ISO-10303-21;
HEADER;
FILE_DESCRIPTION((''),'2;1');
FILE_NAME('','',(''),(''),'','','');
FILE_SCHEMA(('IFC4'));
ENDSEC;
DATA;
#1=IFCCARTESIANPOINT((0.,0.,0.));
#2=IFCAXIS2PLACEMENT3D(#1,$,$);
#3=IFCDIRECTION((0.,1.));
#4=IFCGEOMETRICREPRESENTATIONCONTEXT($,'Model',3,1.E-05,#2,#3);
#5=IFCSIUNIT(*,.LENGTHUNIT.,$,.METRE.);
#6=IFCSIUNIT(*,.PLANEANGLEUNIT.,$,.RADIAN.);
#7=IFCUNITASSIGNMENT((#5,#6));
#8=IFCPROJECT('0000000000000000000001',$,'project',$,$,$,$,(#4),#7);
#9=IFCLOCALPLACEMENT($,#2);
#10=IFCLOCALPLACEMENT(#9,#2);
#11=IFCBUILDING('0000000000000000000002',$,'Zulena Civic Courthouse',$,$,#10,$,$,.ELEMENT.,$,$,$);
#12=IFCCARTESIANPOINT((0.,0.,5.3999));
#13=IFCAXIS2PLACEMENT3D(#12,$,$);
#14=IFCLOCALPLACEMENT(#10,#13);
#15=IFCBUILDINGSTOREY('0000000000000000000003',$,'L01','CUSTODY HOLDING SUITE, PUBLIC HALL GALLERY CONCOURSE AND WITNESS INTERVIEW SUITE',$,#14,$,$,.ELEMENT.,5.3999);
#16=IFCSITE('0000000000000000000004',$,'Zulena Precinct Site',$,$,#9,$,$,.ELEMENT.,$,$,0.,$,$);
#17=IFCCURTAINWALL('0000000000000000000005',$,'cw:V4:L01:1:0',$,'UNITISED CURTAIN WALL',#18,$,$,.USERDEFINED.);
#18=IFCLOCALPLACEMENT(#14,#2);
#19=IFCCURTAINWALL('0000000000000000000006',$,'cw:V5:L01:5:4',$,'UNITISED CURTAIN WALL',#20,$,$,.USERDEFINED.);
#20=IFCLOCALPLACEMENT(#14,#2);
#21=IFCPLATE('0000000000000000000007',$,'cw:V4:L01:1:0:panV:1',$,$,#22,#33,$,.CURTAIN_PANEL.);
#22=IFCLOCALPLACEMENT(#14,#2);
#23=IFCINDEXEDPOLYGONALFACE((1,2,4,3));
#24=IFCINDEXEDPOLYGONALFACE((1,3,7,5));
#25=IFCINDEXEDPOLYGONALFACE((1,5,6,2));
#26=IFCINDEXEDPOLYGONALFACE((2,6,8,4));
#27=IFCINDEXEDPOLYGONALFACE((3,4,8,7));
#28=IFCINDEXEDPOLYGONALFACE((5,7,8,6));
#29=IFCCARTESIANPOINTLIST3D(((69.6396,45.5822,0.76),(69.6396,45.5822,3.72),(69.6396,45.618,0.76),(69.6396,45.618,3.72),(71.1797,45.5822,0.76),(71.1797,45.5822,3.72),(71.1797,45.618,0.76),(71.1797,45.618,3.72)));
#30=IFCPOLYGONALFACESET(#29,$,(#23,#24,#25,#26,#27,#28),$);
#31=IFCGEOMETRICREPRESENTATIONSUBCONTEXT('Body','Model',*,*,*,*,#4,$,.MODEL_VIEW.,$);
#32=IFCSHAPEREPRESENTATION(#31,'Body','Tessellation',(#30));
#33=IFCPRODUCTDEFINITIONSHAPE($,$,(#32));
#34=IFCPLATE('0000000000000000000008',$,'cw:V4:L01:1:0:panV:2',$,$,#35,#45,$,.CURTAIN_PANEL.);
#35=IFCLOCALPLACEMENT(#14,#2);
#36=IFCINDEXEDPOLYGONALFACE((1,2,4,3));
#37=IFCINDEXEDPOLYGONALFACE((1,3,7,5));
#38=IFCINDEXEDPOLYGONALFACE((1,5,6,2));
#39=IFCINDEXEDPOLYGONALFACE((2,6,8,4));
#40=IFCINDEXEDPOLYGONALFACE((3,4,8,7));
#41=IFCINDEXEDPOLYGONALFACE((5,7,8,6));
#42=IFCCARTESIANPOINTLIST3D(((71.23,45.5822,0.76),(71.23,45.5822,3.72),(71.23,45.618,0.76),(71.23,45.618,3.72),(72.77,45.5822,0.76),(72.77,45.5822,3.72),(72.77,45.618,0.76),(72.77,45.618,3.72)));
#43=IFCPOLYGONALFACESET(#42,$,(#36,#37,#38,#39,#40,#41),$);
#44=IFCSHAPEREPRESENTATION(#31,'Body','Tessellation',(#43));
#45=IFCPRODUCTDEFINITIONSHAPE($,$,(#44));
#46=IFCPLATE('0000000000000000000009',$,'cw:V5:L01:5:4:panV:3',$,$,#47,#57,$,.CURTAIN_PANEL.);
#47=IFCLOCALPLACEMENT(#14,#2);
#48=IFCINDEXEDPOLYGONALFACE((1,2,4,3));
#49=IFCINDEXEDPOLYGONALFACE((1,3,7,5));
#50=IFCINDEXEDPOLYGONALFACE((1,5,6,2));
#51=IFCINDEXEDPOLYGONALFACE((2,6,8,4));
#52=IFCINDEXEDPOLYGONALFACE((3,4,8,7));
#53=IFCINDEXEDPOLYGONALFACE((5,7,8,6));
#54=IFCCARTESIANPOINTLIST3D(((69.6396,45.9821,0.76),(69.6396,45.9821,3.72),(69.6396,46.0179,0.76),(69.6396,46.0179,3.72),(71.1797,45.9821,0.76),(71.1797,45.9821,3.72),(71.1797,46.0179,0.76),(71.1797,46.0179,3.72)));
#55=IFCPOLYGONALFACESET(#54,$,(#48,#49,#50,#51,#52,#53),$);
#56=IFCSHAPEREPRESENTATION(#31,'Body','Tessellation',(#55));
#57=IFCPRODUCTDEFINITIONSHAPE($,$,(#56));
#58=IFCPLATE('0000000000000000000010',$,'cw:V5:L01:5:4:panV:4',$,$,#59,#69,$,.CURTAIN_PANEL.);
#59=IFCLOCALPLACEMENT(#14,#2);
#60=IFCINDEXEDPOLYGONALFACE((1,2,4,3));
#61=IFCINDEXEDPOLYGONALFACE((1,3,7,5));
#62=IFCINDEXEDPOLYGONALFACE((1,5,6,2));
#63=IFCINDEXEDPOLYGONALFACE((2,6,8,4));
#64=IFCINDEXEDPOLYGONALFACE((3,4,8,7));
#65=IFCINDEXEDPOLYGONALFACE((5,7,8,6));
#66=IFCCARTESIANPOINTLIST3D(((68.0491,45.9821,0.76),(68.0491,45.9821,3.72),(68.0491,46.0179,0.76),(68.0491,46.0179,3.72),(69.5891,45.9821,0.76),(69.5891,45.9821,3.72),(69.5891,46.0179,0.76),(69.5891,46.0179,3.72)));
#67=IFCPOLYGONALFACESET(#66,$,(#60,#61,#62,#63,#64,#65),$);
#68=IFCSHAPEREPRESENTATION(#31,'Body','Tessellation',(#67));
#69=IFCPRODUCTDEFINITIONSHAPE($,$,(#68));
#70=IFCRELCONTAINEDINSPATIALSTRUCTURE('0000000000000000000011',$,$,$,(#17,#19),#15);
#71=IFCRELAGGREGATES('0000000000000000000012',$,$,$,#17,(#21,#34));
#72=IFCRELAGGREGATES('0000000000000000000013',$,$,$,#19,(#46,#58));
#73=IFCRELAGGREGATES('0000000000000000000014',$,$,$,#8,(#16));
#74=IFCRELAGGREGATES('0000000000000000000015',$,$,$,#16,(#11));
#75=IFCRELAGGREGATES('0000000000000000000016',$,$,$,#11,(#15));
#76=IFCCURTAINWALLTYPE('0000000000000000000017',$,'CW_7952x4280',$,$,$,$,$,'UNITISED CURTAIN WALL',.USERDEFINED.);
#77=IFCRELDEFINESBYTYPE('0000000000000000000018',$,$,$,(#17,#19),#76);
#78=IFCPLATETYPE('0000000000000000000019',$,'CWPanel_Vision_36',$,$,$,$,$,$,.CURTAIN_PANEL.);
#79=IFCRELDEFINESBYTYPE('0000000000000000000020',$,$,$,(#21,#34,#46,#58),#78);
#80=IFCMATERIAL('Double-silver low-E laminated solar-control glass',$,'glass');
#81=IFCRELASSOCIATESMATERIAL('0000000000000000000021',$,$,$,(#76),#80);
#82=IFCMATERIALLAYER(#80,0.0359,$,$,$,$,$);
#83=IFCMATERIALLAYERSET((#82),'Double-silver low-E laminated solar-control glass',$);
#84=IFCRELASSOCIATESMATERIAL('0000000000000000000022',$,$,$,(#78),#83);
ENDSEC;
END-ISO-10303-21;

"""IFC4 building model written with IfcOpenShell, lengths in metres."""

from ifc_helpers import new_model, si_unit, direction, frame, origin, origin_2d, place, context, subcontext, project, spatial, rectangle, extrude, material, layer, layer_set, type_object, element, aggregate, save


model = new_model("IFC4")

# Units and contexts
model_context = context("Model", 3, precision=1e-05, world=origin(), true_north=direction((0.0, 1.0)))
body_context = subcontext(model_context, "Body", "Model", "MODEL_VIEW")
ifc_project = project(units=[si_unit("LENGTHUNIT", "METRE"), si_unit("PLANEANGLEUNIT", "RADIAN")], contexts=[model_context])

# Site, building, storey
site_placement = place(None, origin())
site = spatial("IfcSite", under=ifc_project, at=site_placement, Name="Zulena Precinct Site", CompositionType="ELEMENT", RefElevation=0.0)
building_placement = place(site_placement, origin())
building = spatial("IfcBuilding", under=site, at=building_placement, Name="Zulena Civic Courthouse", CompositionType="ELEMENT")
storey_placement = place(building_placement, frame((0.0, 0.0, 5.3999)))
storey = spatial("IfcBuildingStorey", under=building, at=storey_placement, Name="L01", Description="CUSTODY HOLDING SUITE, PUBLIC HALL GALLERY CONCOURSE AND WITNESS INTERVIEW SUITE", CompositionType="ELEMENT", Elevation=5.3999)

# Curtain walls
ifc_material_1 = material(Name="Double-silver low-E laminated solar-control glass", Category="glass")
curtain_wall_type_1 = type_object("IfcCurtainWallType", Name="CW_7952x4280", ElementType="UNITISED CURTAIN WALL", PredefinedType="USERDEFINED", material=ifc_material_1)
curtain_wall_1_placement = place(storey_placement, origin())
curtain_wall_1 = element("IfcCurtainWall", 1, at=curtain_wall_1_placement, inside=storey, type_object=curtain_wall_type_1, Name="cw:V4:L01:1:0", ObjectType="UNITISED CURTAIN WALL", PredefinedType="USERDEFINED")
curtain_wall_2_placement = place(storey_placement, origin())
curtain_wall_2 = element("IfcCurtainWall", 2, at=curtain_wall_2_placement, inside=storey, type_object=curtain_wall_type_1, Name="cw:V5:L01:5:4", ObjectType="UNITISED CURTAIN WALL", PredefinedType="USERDEFINED")

# Plates
ifc_layer_1 = layer(ifc_material_1, 0.0359)
ifc_layer_set_1 = layer_set([ifc_layer_1], Name="Double-silver low-E laminated solar-control glass")
plate_type_1 = type_object("IfcPlateType", Name="CWPanel_Vision_36", PredefinedType="CURTAIN_PANEL", material=ifc_layer_set_1)
plate_1_placement = place(storey_placement, frame((70.4097, 45.6001, 0.76), z_axis=(0.0, 0.0, 1.0), x_axis=(1.0, 0.0, 0.0)))
plate_1 = element("IfcPlate", 3, at=plate_1_placement, type_object=plate_type_1, Name="cw:V4:L01:1:0:panV:1", PredefinedType="CURTAIN_PANEL", context=body_context, shape_type="SweptSolid", body=[
    extrude(rectangle(XDim=1.54, YDim=0.0359, at=origin_2d()), origin(), (0.0, 0.0, 1.0), 2.96),
])
plate_2_placement = place(storey_placement, frame((72.0, 45.6001, 0.76), z_axis=(0.0, 0.0, 1.0), x_axis=(1.0, 0.0, 0.0)))
plate_2 = element("IfcPlate", 4, at=plate_2_placement, type_object=plate_type_1, Name="cw:V4:L01:1:0:panV:2", PredefinedType="CURTAIN_PANEL", context=body_context, shape_type="SweptSolid", body=[
    extrude(rectangle(XDim=1.54, YDim=0.0359, at=origin_2d()), origin(), (0.0, 0.0, 1.0), 2.96),
])
aggregate(curtain_wall_1, [plate_1, plate_2])
plate_3_placement = place(storey_placement, frame((70.4097, 46.0, 0.76), z_axis=(0.0, 0.0, 1.0), x_axis=(-1.0, 0.0, 0.0)))
plate_3 = element("IfcPlate", 5, at=plate_3_placement, type_object=plate_type_1, Name="cw:V5:L01:5:4:panV:3", PredefinedType="CURTAIN_PANEL", context=body_context, shape_type="SweptSolid", body=[
    extrude(rectangle(XDim=1.54, YDim=0.0359, at=origin_2d()), origin(), (0.0, 0.0, 1.0), 2.96),
])
plate_4_placement = place(storey_placement, frame((68.8191, 46.0, 0.76), z_axis=(0.0, 0.0, 1.0), x_axis=(-1.0, 0.0, 0.0)))
plate_4 = element("IfcPlate", 6, at=plate_4_placement, type_object=plate_type_1, Name="cw:V5:L01:5:4:panV:4", PredefinedType="CURTAIN_PANEL", context=body_context, shape_type="SweptSolid", body=[
    extrude(rectangle(XDim=1.54, YDim=0.0359, at=origin_2d()), origin(), (0.0, 0.0, 1.0), 2.96),
])
aggregate(curtain_wall_2, [plate_3, plate_4])

save(model, "model.ifc")
